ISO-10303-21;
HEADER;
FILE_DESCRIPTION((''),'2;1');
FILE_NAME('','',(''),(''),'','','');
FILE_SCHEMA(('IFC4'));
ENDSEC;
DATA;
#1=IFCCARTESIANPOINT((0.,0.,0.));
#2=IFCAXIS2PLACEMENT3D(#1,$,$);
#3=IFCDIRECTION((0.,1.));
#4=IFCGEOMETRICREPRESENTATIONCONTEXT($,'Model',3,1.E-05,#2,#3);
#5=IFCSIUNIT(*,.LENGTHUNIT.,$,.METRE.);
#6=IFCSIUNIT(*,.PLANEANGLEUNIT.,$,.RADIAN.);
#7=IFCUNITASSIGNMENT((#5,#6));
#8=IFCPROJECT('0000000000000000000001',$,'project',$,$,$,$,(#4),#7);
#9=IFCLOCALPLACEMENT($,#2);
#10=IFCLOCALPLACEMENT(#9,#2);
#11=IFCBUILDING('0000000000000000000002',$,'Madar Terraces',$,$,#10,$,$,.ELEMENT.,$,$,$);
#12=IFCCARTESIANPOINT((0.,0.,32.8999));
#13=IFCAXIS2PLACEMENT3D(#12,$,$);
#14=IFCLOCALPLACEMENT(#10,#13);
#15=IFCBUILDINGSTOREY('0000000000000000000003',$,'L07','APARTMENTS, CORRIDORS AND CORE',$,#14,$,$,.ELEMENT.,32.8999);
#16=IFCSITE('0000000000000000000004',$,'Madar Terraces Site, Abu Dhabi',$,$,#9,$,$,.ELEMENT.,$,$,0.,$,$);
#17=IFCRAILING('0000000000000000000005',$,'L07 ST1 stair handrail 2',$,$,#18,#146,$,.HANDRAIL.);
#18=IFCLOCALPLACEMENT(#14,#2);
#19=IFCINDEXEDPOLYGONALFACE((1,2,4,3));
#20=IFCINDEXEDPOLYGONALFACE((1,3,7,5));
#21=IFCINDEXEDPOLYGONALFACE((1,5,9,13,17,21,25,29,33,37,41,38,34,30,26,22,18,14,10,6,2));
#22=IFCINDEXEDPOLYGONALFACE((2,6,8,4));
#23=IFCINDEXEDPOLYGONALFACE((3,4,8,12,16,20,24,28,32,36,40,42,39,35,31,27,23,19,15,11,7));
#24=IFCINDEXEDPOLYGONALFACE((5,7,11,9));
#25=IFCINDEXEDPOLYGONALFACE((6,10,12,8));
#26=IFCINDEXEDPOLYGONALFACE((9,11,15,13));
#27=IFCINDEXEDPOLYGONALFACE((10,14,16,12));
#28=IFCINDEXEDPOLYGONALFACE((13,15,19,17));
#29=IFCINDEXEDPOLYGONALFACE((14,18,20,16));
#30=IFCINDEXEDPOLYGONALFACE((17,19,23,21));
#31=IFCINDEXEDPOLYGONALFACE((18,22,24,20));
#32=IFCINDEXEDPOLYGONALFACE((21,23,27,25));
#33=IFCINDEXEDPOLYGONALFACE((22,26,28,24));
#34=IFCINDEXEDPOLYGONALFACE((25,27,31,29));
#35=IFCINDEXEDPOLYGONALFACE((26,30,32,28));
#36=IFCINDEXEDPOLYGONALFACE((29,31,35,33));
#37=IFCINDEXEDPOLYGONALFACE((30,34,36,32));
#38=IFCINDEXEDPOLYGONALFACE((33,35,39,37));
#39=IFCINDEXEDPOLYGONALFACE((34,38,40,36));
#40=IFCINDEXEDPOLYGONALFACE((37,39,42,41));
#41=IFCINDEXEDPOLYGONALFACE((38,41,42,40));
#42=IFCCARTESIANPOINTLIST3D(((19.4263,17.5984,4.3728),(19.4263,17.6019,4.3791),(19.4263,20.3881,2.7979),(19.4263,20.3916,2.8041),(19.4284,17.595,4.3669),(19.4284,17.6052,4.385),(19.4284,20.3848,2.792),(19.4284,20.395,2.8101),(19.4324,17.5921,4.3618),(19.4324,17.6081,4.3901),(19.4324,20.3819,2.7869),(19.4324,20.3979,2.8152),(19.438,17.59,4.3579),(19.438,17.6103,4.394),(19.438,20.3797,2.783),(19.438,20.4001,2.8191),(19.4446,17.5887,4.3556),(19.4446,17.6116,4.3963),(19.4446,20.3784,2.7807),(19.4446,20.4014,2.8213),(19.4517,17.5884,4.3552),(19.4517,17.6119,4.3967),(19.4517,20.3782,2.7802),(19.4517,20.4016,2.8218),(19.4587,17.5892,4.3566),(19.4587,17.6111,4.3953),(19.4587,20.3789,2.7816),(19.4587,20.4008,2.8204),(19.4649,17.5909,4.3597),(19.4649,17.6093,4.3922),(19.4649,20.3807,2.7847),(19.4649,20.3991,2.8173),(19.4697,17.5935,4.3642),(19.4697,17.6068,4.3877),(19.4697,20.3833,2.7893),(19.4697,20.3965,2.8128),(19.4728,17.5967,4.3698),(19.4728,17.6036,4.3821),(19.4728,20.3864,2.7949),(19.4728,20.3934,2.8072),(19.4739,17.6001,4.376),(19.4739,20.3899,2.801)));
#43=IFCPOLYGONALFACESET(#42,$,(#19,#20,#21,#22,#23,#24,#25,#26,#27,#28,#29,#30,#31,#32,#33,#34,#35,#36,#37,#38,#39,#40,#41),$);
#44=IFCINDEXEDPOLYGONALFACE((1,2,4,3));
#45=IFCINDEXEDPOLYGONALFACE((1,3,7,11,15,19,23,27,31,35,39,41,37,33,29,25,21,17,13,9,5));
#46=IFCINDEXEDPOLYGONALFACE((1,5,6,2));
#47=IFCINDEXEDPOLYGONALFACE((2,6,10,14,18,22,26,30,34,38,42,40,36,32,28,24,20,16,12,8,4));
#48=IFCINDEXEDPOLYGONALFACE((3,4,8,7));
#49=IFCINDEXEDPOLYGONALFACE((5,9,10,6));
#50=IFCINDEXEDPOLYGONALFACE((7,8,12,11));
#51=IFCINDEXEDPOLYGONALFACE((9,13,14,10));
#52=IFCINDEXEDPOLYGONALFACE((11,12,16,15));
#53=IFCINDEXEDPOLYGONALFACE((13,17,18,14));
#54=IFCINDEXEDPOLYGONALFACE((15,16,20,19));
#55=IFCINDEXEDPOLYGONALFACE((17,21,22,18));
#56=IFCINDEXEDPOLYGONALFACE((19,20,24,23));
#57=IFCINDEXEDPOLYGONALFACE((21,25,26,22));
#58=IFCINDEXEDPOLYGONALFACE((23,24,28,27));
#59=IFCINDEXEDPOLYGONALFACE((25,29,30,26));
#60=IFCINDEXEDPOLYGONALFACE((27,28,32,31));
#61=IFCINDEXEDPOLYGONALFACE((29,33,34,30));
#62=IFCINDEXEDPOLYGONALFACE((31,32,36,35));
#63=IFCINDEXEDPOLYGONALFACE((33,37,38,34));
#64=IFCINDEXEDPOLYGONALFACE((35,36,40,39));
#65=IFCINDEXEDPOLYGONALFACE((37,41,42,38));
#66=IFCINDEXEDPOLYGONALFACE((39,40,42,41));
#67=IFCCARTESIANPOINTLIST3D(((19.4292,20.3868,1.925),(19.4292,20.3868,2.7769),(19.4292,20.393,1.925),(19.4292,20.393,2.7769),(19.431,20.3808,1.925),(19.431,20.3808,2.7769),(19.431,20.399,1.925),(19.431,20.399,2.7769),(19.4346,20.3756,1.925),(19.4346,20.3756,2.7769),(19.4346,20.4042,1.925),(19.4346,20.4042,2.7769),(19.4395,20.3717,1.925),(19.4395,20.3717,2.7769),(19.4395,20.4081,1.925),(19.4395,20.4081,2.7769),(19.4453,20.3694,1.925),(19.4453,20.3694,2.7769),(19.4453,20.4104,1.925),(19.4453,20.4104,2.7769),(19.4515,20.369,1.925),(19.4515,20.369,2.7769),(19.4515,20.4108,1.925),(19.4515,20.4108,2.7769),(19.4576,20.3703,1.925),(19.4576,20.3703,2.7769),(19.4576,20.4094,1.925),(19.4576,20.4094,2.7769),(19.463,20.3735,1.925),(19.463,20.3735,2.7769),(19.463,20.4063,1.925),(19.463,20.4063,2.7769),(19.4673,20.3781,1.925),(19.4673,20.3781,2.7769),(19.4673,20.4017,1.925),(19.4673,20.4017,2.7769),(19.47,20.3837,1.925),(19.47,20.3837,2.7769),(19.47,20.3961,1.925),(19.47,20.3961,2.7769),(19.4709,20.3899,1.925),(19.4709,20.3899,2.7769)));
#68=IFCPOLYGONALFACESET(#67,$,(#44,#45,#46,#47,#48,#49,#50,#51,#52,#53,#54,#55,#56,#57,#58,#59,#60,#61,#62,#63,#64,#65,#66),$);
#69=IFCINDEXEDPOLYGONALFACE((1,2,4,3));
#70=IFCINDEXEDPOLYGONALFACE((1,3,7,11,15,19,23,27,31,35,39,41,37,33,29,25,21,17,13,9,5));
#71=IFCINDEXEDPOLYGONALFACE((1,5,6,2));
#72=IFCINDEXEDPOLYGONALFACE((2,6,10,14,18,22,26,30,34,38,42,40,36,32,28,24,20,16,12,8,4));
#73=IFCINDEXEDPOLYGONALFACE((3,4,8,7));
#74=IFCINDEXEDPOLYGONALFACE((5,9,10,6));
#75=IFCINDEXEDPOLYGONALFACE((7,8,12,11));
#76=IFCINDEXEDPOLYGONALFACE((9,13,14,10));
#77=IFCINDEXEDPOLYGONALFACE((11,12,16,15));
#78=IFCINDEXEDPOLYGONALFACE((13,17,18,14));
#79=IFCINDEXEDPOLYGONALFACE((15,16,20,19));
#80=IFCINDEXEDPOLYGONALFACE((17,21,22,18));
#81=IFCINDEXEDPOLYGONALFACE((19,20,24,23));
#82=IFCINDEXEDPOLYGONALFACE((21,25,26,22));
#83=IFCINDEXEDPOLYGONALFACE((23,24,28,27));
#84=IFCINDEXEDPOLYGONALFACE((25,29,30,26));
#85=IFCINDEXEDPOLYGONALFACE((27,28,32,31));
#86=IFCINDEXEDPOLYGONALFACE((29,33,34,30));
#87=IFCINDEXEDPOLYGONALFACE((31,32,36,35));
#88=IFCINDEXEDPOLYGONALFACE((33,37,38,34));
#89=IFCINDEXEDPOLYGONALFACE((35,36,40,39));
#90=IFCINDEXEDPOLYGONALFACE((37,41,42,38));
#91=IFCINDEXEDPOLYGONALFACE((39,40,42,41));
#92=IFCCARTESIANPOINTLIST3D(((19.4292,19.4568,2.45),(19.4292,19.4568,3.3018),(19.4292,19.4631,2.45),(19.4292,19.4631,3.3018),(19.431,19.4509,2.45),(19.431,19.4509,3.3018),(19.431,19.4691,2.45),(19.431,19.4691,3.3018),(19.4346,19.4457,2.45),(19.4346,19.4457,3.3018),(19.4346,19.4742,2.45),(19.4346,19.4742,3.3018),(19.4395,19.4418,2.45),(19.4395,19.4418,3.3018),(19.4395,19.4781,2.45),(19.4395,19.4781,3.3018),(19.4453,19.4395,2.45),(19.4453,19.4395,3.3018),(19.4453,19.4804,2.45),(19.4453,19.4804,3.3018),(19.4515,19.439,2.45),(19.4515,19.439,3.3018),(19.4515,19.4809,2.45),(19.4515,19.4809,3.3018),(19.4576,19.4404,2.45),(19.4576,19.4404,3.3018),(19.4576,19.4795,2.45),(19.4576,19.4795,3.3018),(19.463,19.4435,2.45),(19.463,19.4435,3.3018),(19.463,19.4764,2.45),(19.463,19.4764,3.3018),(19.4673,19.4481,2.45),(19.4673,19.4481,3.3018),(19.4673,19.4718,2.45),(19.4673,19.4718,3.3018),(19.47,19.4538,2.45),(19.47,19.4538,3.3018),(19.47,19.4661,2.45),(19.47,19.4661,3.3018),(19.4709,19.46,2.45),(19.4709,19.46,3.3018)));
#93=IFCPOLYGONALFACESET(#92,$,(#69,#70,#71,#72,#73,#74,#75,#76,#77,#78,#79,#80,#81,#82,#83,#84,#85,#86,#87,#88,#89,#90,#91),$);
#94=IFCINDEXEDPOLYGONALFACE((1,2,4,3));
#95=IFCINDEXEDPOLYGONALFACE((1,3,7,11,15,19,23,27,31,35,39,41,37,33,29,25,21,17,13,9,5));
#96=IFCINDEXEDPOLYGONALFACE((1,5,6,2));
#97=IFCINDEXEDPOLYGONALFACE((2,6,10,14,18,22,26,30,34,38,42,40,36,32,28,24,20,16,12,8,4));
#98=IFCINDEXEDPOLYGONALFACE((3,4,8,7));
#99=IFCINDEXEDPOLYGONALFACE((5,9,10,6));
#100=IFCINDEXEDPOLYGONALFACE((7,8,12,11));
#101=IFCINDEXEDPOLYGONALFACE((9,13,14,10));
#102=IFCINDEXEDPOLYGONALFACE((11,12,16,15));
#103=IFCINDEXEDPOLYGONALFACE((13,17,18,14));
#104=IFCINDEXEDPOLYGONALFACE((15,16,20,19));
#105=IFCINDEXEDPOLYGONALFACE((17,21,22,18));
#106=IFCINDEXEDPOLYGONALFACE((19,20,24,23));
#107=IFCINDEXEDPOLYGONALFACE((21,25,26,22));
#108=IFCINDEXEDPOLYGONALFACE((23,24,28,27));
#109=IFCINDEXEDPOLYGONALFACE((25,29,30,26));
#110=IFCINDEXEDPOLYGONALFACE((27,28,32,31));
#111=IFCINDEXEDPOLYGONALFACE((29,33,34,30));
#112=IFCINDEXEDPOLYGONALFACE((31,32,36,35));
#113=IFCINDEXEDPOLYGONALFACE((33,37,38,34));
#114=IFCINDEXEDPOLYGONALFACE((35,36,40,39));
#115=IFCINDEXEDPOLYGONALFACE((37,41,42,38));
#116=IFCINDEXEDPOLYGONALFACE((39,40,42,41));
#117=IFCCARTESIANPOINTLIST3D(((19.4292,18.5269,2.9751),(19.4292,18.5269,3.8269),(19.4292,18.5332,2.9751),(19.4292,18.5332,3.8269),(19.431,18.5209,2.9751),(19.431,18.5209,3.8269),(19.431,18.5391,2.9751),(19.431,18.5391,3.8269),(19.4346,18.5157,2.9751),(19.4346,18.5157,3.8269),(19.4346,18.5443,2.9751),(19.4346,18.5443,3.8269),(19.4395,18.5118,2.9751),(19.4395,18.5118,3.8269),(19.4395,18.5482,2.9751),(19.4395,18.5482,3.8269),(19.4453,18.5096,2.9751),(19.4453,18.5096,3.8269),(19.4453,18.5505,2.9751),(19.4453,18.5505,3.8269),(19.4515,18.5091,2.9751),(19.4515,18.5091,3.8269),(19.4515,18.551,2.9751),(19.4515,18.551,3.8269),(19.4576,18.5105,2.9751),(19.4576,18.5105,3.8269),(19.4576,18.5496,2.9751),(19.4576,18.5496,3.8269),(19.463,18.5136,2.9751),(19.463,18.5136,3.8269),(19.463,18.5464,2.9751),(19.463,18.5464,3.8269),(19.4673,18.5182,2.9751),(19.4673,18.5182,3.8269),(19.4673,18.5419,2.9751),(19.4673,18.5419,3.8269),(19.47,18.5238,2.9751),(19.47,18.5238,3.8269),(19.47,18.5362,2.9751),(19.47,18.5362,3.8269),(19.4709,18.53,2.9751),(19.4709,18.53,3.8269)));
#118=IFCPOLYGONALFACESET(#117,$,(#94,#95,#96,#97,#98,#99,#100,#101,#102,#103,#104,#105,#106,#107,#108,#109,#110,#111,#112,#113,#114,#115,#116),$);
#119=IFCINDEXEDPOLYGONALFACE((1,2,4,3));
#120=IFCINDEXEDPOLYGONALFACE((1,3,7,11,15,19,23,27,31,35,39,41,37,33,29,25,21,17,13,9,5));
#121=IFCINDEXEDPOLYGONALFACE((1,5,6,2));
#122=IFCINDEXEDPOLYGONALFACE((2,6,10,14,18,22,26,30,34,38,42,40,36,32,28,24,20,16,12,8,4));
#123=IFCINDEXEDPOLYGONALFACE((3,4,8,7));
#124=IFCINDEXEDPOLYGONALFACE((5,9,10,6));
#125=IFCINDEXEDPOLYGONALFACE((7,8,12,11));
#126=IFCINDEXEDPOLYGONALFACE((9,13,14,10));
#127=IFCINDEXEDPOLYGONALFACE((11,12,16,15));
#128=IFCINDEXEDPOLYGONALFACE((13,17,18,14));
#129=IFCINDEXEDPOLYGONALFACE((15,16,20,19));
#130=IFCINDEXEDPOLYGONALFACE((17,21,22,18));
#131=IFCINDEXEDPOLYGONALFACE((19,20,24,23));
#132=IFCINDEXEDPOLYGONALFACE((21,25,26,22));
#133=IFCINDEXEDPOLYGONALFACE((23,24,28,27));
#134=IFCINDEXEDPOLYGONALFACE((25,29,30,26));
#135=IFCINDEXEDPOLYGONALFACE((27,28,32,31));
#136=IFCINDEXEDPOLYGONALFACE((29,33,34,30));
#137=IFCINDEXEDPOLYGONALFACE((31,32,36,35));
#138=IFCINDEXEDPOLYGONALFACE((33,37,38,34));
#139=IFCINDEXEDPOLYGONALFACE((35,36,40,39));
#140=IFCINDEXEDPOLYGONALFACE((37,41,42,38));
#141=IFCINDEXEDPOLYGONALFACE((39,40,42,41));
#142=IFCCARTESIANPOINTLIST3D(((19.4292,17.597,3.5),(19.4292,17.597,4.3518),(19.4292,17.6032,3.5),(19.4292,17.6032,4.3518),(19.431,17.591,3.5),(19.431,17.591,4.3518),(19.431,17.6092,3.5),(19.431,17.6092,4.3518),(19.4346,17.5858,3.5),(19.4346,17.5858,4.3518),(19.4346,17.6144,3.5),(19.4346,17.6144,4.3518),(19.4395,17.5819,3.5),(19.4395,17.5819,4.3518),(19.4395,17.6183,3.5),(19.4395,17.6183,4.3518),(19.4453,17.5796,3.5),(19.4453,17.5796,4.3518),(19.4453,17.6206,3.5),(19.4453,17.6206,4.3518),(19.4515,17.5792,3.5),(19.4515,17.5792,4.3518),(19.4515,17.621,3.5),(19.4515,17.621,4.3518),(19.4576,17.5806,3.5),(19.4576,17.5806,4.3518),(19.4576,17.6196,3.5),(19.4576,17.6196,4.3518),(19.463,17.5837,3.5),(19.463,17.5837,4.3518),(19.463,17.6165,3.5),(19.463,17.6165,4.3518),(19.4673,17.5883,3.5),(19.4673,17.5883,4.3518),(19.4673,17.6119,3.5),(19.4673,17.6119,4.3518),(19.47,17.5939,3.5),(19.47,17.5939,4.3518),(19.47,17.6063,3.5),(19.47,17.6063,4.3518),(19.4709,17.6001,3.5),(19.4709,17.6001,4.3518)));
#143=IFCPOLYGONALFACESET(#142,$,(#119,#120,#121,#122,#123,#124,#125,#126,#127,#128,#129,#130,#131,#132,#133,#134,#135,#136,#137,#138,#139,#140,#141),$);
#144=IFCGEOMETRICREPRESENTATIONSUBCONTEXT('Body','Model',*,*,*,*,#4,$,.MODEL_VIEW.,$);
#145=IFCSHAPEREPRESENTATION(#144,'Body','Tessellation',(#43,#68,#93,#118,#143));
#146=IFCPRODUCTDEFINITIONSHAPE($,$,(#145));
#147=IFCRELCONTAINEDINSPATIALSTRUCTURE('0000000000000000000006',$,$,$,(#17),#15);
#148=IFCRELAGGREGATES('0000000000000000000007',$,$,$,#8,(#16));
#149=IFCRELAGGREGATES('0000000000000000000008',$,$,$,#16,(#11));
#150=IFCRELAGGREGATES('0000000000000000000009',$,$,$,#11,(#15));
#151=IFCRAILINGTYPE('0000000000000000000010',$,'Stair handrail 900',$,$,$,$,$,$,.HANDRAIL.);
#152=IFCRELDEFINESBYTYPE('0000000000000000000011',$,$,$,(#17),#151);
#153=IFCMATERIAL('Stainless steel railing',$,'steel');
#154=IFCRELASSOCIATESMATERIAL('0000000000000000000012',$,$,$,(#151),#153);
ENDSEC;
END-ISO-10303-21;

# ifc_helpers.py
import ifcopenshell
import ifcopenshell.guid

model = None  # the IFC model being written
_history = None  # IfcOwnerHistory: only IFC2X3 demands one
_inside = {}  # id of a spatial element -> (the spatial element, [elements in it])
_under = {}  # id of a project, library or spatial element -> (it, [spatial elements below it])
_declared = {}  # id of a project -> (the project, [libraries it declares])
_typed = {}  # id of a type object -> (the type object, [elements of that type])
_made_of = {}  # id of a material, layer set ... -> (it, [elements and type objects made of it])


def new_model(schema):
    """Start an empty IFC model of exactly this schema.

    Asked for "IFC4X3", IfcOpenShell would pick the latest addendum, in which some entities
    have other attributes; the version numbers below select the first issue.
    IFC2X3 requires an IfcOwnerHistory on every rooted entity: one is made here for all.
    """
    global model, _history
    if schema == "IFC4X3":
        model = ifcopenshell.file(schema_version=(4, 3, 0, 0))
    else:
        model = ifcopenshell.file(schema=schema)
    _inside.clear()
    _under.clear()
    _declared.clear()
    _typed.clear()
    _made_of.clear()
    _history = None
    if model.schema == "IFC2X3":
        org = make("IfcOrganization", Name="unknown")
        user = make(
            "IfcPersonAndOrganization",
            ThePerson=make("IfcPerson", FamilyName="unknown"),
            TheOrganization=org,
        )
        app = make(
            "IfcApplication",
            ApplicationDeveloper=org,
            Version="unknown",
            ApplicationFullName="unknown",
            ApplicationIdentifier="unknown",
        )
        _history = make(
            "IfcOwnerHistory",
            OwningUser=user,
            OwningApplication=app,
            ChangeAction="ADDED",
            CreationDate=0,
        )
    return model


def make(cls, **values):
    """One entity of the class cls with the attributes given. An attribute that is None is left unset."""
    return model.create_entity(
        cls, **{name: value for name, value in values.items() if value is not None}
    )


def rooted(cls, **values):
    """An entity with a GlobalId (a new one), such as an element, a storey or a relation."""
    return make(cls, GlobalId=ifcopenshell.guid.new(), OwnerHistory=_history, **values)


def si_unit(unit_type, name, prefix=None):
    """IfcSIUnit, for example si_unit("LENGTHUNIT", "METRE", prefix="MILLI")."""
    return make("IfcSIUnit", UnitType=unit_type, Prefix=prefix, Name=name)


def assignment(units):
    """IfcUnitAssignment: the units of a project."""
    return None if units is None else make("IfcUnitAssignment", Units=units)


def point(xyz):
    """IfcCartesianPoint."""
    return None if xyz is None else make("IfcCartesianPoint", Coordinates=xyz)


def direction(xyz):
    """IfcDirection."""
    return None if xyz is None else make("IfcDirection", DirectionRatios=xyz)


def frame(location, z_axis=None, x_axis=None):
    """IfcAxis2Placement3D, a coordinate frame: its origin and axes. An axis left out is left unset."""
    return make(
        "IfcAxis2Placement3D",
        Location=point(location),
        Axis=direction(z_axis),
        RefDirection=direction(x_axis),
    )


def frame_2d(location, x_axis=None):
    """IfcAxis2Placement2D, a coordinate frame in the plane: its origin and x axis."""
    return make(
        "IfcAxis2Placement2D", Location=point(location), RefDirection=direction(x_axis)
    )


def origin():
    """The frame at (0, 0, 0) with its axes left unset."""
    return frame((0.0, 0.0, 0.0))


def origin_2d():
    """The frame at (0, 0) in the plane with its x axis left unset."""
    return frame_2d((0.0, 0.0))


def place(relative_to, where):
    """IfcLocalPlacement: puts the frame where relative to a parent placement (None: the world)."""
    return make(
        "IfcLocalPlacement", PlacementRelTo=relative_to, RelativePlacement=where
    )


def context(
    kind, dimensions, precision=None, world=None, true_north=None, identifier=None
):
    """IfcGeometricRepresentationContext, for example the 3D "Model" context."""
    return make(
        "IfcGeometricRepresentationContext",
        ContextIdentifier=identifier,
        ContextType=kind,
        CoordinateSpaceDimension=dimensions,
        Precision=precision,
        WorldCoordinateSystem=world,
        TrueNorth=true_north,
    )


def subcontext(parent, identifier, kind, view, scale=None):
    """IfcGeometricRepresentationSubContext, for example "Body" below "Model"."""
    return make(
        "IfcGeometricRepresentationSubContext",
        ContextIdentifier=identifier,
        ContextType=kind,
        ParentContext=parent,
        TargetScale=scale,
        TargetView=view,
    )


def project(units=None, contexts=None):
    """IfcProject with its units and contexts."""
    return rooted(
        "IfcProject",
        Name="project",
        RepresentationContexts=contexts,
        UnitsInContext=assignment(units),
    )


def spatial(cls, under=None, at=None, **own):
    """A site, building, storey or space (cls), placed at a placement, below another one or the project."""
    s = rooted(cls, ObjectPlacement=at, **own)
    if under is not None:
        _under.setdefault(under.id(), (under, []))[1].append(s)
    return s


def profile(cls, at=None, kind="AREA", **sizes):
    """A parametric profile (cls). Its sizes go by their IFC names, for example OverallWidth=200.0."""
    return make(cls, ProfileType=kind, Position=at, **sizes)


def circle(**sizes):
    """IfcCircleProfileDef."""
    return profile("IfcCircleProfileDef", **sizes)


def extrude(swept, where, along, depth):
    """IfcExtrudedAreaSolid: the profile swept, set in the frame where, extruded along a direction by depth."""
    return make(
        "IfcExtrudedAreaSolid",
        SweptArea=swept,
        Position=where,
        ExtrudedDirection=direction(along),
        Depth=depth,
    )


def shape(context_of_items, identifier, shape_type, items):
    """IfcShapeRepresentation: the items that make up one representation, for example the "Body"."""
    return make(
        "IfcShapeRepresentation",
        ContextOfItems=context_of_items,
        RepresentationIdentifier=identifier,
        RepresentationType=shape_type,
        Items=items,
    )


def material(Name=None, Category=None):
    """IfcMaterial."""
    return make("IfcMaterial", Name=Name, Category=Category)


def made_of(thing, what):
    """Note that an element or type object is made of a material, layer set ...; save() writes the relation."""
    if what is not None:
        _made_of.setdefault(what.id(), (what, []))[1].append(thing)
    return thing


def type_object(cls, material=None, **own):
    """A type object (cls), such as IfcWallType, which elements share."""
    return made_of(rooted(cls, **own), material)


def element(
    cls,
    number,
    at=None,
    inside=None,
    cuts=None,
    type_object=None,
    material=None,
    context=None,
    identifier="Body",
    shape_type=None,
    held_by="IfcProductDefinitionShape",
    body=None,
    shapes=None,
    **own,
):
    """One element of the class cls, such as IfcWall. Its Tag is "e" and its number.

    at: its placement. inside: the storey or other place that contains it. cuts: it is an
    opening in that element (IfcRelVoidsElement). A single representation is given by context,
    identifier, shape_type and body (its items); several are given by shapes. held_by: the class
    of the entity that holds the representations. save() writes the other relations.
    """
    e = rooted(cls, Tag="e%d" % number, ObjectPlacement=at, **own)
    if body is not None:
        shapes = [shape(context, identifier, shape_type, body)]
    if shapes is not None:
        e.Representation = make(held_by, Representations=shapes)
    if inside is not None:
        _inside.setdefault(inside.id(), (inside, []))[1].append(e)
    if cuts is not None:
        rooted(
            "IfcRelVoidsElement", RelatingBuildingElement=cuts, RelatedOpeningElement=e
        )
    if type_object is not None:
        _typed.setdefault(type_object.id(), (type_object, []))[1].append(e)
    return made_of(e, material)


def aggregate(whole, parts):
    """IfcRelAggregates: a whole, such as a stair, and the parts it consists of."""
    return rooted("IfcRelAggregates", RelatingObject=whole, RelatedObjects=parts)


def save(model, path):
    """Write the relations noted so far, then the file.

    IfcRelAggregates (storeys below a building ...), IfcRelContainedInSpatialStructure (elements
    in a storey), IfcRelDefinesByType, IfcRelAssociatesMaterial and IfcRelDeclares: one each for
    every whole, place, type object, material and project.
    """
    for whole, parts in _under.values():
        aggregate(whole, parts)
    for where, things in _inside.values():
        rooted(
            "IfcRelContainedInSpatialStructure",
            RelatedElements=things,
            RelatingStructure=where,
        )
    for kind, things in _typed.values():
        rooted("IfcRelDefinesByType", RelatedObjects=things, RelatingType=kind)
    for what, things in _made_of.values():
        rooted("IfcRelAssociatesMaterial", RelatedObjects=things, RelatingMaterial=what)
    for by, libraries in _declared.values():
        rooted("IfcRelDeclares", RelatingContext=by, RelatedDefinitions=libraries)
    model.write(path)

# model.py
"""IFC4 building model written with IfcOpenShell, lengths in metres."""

from ifc_helpers import new_model, si_unit, direction, frame, origin, origin_2d, place, context, subcontext, project, spatial, circle, extrude, material, type_object, element, save


model = new_model("IFC4")

# Units and contexts
model_context = context("Model", 3, precision=1e-05, world=origin(), true_north=direction((0.0, 1.0)))
body_context = subcontext(model_context, "Body", "Model", "MODEL_VIEW")
ifc_project = project(units=[si_unit("LENGTHUNIT", "METRE"), si_unit("PLANEANGLEUNIT", "RADIAN")], contexts=[model_context])

# Site, building, storey
site_placement = place(None, origin())
site = spatial("IfcSite", under=ifc_project, at=site_placement, Name="Madar Terraces Site, Abu Dhabi", CompositionType="ELEMENT", RefElevation=0.0)
building_placement = place(site_placement, origin())
building = spatial("IfcBuilding", under=site, at=building_placement, Name="Madar Terraces", CompositionType="ELEMENT")
storey_placement = place(building_placement, frame((0.0, 0.0, 32.8999)))
storey = spatial("IfcBuildingStorey", under=building, at=storey_placement, Name="L07", Description="APARTMENTS, CORRIDORS AND CORE", CompositionType="ELEMENT", Elevation=32.8999)

# Railing
ifc_material_1 = material(Name="Stainless steel railing", Category="steel")
railing_type_1 = type_object("IfcRailingType", Name="Stair handrail 900", PredefinedType="HANDRAIL", material=ifc_material_1)
railing_1_placement = place(storey_placement, frame((19.45, 20.3899, 1.925)))
element("IfcRailing", 1, at=railing_1_placement, inside=storey, type_object=railing_type_1, Name="L07 ST1 stair handrail 2", PredefinedType="HANDRAIL", context=body_context, shape_type="SweptSolid", body=[
    extrude(circle(Radius=0.0239, at=origin_2d()), frame((0.0, 0.0, 0.876), z_axis=(0.0, -0.870815, 0.49161), x_axis=(1.0, 0.0, 0.0)), (0.0, 0.0, 1.0), 3.2036),
    extrude(circle(Radius=0.021, at=origin_2d()), origin(), (0.0, 0.0, 1.0), 0.8518),
    extrude(circle(Radius=0.021, at=origin_2d()), frame((0.0, -0.9299, 0.5249)), (0.0, 0.0, 1.0), 0.8518),
    extrude(circle(Radius=0.021, at=origin_2d()), frame((0.0, -1.8599, 1.05)), (0.0, 0.0, 1.0), 0.8518),
    extrude(circle(Radius=0.021, at=origin_2d()), frame((0.0, -2.7898, 1.575)), (0.0, 0.0, 1.0), 0.8518),
])

save(model, "model.ifc")
